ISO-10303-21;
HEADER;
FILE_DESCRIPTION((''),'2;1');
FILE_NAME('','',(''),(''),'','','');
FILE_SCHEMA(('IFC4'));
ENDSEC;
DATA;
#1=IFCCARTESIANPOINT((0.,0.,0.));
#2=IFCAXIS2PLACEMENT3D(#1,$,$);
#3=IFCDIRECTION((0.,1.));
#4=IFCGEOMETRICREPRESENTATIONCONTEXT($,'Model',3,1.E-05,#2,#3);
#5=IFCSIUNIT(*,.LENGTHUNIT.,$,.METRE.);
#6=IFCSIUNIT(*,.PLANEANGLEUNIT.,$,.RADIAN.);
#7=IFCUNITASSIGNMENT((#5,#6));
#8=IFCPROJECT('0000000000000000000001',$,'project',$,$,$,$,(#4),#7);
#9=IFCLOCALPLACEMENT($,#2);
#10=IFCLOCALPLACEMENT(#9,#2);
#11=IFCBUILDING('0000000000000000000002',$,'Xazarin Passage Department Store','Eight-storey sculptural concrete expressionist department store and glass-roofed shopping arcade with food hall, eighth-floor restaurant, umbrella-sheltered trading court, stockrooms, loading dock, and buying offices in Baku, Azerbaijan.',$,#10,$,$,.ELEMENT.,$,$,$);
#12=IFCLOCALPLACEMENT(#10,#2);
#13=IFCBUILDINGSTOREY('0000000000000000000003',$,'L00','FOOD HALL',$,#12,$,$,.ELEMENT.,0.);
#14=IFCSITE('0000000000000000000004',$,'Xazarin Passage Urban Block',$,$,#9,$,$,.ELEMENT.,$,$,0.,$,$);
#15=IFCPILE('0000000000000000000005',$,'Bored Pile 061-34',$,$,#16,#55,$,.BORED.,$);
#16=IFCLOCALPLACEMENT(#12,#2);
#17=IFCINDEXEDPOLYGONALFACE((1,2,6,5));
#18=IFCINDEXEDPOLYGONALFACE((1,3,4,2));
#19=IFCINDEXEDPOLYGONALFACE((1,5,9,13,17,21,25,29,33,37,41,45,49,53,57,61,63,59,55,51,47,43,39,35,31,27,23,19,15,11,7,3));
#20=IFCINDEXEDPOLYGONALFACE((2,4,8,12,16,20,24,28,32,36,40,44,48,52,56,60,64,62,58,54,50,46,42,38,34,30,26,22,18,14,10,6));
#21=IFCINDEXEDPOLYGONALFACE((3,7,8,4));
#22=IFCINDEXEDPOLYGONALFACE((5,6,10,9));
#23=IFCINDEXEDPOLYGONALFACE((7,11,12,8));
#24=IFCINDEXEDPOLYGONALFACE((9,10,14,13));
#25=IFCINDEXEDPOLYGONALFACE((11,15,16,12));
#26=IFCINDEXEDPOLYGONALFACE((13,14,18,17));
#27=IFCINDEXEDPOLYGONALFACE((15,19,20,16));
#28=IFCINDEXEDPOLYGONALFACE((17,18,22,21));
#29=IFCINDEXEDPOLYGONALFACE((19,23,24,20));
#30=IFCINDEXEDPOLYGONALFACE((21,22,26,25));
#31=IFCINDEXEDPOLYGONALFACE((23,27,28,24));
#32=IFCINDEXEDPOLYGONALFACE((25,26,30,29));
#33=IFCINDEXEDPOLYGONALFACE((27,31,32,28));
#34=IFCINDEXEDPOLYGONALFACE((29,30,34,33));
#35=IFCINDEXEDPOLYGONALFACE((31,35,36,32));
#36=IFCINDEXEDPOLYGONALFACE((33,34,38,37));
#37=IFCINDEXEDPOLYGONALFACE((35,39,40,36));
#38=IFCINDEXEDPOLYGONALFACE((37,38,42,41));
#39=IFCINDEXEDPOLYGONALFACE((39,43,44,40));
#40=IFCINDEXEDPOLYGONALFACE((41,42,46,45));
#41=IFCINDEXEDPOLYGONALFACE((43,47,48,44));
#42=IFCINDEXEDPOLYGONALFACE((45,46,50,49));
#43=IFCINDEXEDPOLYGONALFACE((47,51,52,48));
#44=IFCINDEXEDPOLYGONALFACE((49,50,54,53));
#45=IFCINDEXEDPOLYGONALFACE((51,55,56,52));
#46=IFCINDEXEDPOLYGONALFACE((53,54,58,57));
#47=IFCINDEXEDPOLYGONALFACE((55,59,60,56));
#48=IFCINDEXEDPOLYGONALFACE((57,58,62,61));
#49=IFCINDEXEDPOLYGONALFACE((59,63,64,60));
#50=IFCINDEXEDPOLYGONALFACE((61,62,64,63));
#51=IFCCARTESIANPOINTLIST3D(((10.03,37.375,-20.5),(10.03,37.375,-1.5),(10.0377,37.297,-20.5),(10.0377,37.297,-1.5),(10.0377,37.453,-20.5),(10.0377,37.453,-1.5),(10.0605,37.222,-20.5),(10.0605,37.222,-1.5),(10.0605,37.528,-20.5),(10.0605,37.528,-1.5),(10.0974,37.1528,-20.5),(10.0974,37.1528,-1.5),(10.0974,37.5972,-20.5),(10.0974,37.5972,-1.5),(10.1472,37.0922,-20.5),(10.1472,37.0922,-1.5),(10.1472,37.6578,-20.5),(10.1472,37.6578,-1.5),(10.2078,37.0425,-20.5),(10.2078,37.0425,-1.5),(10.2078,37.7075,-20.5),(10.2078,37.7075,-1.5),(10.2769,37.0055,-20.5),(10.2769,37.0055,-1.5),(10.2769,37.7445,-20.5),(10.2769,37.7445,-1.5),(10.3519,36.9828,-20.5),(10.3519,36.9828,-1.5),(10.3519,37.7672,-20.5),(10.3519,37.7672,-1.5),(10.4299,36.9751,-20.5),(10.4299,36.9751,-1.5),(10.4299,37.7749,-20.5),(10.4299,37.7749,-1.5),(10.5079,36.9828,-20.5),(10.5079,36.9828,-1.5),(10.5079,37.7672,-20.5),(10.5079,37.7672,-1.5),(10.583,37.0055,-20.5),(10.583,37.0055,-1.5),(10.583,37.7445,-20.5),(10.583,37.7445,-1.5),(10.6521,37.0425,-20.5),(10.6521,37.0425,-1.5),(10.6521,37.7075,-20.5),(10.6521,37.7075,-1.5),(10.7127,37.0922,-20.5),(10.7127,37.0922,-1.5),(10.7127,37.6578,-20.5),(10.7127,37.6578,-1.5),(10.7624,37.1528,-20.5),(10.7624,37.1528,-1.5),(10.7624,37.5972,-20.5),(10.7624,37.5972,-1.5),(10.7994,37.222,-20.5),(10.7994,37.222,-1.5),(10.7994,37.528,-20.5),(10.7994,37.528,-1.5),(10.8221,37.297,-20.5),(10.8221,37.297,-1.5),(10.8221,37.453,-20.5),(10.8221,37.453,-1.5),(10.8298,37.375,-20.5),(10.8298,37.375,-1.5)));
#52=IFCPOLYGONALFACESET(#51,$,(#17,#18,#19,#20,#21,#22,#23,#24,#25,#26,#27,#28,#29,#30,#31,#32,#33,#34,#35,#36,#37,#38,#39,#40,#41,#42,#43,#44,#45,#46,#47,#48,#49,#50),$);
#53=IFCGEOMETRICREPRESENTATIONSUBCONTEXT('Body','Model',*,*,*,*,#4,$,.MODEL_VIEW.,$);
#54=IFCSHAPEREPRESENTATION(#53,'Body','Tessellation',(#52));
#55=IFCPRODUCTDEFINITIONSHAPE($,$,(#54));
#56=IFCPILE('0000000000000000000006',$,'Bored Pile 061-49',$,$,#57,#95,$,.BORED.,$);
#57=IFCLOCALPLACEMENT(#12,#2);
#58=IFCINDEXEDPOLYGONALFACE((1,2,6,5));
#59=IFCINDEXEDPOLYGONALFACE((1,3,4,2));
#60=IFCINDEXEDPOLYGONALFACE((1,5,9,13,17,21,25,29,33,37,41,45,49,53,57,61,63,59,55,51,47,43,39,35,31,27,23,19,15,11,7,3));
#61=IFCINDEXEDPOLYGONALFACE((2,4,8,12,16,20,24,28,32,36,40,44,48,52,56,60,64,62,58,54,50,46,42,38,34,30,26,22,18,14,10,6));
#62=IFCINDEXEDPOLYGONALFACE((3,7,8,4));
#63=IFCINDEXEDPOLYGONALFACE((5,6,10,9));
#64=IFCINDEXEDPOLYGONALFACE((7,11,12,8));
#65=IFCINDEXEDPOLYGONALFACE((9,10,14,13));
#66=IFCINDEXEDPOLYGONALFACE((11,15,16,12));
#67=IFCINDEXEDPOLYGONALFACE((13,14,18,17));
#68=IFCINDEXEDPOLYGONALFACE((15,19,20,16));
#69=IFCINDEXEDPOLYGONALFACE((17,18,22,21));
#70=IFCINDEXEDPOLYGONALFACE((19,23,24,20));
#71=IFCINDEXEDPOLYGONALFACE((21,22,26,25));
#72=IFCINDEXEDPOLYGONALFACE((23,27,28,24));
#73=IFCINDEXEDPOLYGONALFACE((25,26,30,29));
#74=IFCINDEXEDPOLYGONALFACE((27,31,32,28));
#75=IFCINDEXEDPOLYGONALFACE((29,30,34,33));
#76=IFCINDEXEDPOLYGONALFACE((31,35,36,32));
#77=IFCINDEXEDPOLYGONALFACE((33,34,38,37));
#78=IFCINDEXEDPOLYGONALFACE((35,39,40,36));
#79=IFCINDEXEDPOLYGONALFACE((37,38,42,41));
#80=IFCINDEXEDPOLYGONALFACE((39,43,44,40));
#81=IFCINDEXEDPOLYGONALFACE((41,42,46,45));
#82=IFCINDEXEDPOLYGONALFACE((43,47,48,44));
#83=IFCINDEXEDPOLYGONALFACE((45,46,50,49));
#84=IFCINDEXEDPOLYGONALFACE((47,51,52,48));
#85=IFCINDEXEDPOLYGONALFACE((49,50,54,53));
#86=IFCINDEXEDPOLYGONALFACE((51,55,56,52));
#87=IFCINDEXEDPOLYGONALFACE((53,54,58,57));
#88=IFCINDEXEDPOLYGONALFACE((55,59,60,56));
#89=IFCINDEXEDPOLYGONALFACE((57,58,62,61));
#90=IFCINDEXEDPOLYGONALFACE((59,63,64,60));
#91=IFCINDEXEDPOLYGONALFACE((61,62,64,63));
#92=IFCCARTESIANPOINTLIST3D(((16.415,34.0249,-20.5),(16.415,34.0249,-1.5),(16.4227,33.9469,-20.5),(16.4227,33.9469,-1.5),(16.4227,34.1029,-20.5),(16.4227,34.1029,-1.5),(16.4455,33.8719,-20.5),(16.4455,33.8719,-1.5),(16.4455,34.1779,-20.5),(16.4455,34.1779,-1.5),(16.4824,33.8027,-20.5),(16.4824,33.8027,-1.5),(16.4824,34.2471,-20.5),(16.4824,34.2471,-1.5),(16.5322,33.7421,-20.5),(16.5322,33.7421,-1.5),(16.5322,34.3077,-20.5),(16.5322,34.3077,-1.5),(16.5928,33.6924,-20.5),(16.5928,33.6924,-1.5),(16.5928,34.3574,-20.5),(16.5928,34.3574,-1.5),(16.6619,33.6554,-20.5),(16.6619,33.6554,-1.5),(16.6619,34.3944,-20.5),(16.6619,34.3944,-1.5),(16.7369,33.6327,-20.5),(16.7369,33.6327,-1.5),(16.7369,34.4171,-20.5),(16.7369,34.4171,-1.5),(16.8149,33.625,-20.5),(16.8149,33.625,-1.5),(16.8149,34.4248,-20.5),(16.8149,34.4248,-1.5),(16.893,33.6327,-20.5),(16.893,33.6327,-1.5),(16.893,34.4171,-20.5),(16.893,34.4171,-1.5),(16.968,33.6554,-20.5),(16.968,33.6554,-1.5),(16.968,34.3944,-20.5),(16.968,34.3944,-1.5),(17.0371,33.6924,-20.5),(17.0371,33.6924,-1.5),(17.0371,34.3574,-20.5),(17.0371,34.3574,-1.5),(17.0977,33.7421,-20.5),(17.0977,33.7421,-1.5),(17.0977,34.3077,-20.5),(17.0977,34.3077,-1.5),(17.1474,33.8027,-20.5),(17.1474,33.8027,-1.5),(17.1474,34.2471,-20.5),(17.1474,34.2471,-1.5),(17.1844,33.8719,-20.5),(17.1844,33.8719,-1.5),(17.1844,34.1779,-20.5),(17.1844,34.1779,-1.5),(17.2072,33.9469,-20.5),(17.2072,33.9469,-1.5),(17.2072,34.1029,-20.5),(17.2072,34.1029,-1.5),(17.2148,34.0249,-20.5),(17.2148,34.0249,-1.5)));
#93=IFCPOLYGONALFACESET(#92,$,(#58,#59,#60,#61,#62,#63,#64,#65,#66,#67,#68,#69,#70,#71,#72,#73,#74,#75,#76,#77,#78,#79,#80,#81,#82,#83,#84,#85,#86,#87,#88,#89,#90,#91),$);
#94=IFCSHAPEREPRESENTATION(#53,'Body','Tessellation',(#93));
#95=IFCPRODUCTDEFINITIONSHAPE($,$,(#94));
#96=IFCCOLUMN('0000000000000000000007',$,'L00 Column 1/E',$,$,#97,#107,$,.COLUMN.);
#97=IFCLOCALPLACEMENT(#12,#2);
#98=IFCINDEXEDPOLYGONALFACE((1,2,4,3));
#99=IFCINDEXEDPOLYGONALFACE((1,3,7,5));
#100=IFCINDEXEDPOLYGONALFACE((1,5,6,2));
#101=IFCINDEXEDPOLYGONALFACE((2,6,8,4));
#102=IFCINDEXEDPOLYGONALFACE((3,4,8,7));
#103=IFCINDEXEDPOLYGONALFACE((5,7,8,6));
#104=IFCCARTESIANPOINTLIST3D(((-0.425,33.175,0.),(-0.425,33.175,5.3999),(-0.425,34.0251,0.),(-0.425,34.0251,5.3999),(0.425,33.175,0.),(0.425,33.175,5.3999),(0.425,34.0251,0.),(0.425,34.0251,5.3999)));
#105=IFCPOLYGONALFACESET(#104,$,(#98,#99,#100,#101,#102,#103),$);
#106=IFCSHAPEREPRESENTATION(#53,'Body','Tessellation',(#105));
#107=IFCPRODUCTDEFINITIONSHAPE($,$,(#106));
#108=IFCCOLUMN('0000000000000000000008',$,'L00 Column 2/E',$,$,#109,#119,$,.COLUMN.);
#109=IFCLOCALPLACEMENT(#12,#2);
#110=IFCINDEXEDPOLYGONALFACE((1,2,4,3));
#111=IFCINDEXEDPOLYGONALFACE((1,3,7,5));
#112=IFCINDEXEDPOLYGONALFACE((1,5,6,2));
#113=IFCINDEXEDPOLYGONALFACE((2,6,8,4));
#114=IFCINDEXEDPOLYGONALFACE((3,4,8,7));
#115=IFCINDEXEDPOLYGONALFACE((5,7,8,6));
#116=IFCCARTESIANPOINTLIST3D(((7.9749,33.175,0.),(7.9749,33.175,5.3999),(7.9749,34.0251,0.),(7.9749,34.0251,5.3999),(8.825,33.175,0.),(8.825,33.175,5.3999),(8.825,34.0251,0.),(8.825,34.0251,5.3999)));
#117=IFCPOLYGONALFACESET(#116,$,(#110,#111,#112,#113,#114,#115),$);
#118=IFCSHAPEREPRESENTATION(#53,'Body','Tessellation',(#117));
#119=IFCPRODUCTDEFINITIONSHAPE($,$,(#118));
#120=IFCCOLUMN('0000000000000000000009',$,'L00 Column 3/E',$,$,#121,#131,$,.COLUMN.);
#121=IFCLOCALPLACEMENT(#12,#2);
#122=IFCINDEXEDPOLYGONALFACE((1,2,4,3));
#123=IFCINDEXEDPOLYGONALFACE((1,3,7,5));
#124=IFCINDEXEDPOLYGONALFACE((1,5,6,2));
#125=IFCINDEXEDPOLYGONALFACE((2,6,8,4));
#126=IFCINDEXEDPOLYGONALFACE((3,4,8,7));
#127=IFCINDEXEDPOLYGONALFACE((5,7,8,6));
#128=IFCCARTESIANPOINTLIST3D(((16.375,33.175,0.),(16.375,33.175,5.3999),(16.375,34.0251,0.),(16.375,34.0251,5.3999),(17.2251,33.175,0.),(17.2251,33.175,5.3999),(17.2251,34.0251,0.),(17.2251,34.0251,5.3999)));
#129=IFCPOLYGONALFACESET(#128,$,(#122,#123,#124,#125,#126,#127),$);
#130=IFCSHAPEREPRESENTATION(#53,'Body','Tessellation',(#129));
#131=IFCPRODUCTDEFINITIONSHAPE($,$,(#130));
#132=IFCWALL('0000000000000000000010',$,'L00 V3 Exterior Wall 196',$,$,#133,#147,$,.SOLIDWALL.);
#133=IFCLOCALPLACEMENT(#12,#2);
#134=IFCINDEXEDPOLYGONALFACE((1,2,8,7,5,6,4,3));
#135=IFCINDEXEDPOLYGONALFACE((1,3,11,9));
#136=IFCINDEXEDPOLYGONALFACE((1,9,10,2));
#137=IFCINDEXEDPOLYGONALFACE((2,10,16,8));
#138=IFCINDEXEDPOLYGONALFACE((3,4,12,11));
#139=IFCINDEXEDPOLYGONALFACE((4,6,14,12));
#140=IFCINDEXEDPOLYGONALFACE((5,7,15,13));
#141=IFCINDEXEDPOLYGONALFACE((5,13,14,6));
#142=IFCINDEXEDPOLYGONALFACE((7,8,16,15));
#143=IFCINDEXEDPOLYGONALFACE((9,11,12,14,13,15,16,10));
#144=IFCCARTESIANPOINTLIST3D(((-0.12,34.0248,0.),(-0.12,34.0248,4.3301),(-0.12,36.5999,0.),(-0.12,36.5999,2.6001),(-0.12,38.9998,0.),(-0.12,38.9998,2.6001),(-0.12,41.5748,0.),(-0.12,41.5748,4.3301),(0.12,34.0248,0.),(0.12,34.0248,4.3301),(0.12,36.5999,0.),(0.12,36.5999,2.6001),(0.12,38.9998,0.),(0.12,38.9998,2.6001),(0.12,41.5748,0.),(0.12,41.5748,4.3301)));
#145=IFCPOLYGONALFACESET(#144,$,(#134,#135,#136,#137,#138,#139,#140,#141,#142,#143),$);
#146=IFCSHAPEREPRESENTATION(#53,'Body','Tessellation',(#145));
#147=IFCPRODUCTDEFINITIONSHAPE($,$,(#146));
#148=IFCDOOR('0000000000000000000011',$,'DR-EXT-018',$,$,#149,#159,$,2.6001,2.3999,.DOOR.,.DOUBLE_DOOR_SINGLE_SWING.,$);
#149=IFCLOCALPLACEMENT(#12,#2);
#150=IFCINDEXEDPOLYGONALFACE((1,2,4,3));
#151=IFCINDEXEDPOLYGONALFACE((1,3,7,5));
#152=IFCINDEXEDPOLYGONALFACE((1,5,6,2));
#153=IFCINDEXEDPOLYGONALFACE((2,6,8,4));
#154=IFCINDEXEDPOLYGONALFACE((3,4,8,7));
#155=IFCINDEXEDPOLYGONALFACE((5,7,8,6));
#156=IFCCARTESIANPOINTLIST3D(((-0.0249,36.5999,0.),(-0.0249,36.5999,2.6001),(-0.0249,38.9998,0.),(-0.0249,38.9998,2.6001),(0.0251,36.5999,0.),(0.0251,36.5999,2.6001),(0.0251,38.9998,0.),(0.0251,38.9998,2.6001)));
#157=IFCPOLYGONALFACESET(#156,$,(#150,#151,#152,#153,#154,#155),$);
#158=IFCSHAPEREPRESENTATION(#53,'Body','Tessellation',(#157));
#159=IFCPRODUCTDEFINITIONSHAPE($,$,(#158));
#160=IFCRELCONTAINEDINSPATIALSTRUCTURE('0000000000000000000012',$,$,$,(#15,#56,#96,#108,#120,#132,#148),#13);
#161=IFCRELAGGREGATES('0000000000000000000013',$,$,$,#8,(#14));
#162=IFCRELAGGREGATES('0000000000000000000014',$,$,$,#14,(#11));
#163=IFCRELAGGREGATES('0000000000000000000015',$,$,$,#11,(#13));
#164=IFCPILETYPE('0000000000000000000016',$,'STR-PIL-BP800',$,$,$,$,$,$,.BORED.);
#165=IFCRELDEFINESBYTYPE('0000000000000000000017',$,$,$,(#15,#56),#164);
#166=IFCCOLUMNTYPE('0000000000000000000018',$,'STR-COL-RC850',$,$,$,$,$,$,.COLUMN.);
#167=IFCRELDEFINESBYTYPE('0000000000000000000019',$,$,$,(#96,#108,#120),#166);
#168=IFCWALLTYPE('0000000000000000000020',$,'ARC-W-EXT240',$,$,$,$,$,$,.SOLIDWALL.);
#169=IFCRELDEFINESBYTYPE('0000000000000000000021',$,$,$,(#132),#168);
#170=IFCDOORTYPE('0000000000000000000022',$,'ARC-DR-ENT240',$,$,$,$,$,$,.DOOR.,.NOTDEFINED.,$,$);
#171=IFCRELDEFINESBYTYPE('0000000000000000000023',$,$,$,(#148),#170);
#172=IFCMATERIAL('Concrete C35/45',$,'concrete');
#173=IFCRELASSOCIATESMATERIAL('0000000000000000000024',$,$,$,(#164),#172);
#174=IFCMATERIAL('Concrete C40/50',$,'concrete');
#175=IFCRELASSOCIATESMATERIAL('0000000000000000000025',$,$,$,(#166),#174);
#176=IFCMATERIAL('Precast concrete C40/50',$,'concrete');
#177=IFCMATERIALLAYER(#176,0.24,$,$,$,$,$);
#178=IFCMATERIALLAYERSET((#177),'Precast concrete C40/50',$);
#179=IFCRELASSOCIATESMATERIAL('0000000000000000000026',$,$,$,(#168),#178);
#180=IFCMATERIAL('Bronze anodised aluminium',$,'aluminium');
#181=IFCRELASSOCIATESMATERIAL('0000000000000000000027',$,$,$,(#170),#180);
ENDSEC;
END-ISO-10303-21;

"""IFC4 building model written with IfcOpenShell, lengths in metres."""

from ifc_helpers import new_model, si_unit, direction, frame, frame_2d, origin, origin_2d, place, context, subcontext, project, spatial, rectangle, circle, extrude, material, layer, layer_set, material_profile, profile_set, type_object, element, fill, save


model = new_model("IFC4")

# Units and contexts
model_context = context("Model", 3, precision=1e-05, world=origin(), true_north=direction((0.0, 1.0)))
body_context = subcontext(model_context, "Body", "Model", "MODEL_VIEW")
ifc_project = project(units=[si_unit("LENGTHUNIT", "METRE"), si_unit("PLANEANGLEUNIT", "RADIAN")], contexts=[model_context])

# Site, building, storey
site_placement = place(None, origin())
site = spatial("IfcSite", under=ifc_project, at=site_placement, Name="Xazarin Passage Urban Block", CompositionType="ELEMENT", RefElevation=0.0)
building_placement = place(site_placement, origin())
building = spatial("IfcBuilding", under=site, at=building_placement, Name="Xazarin Passage Department Store", Description="Eight-storey sculptural concrete expressionist department store and glass-roofed shopping arcade with food hall, eighth-floor restaurant, umbrella-sheltered trading court, stockrooms, loading dock, and buying offices in Baku, Azerbaijan.", CompositionType="ELEMENT")
storey_placement = place(building_placement, origin())
storey = spatial("IfcBuildingStorey", under=building, at=storey_placement, Name="L00", Description="FOOD HALL", CompositionType="ELEMENT", Elevation=0.0)

# Piles
ifc_material_1 = material(Name="Concrete C35/45", Category="concrete")
ifc_material_profile_1 = material_profile(ifc_material_1, circle(Radius=0.3999, at=origin_2d()), Name="BP 800")
ifc_profile_set_1 = profile_set([ifc_material_profile_1], Name="Concrete C35/45")
pile_type_1 = type_object("IfcPileType", Name="STR-PIL-BP800", PredefinedType="BORED", material=ifc_profile_set_1)
for number, where, z_axis, x_axis, name in (
    (1, (10.4299, 37.375, -1.5), (0.0, 0.0, -1.0), (1.0, 0.0, 0.0), "Bored Pile 061-34"),
    (2, (16.8149, 34.0249, -1.5), (0.0, 0.0, -1.0), (1.0, 0.0, 0.0), "Bored Pile 061-49"),
):
    element("IfcPile", number, at=place(storey_placement, frame(where, z_axis=z_axis, x_axis=x_axis)), inside=storey, type_object=pile_type_1, Name=name, PredefinedType="BORED", context=body_context, shape_type="SweptSolid", body=[
        extrude(circle(Radius=0.3999, at=origin_2d()), origin(), (0.0, 0.0, 1.0), 19.0),
    ])

# Columns
ifc_material_2 = material(Name="Concrete C40/50", Category="concrete")
ifc_material_profile_2 = material_profile(ifc_material_2, rectangle(XDim=0.8501, YDim=0.8501, at=origin_2d()), Name="RC 850x850")
ifc_profile_set_2 = profile_set([ifc_material_profile_2], Name="Concrete C40/50")
column_type = type_object("IfcColumnType", Name="STR-COL-RC850", PredefinedType="COLUMN", material=ifc_profile_set_2)
for number, where, z_axis, x_axis, name in (
    (3, (0.0, 33.6001, 0.0), (0.0, 0.0, 1.0), (1.0, 0.0, 0.0), "L00 Column 1/E"),
    (4, (8.3999, 33.6001, 0.0), (0.0, 0.0, 1.0), (1.0, 0.0, 0.0), "L00 Column 2/E"),
    (5, (16.8, 33.6001, 0.0), (0.0, 0.0, 1.0), (1.0, 0.0, 0.0), "L00 Column 3/E"),
):
    element("IfcColumn", number, at=place(storey_placement, frame(where, z_axis=z_axis, x_axis=x_axis)), inside=storey, type_object=column_type, Name=name, PredefinedType="COLUMN", context=body_context, shape_type="SweptSolid", body=[
        extrude(rectangle(XDim=0.8501, YDim=0.8501, at=origin_2d()), origin(), (0.0, 0.0, 1.0), 5.3999),
    ])

# Wall, opening, door
ifc_material_3 = material(Name="Precast concrete C40/50", Category="concrete")
ifc_layer = layer(ifc_material_3, 0.24)
ifc_layer_set = layer_set([ifc_layer], Name="Precast concrete C40/50")
wall_type = type_object("IfcWallType", Name="ARC-W-EXT240", PredefinedType="SOLIDWALL", material=ifc_layer_set)
wall_placement = place(storey_placement, frame((0.0, 34.0249, 0.0), z_axis=(0.0, 0.0, 1.0), x_axis=(0.0, 1.0, 0.0)))
wall = element("IfcWall", 6, at=wall_placement, inside=storey, type_object=wall_type, Name="L00 V3 Exterior Wall 196", PredefinedType="SOLIDWALL", context=body_context, shape_type="SweptSolid", body=[
    extrude(rectangle(XDim=7.55, YDim=0.24, at=frame_2d((3.7749, 0.0))), origin(), (0.0, 0.0, 1.0), 4.3301),
])
opening_placement = place(wall_placement, frame((2.575, 0.0, 0.0)))
opening = element("IfcOpeningElement", 7, at=opening_placement, cuts=wall, PredefinedType="OPENING", context=body_context, shape_type="SweptSolid", body=[
    extrude(rectangle(XDim=2.3999, YDim=2.6001, at=frame_2d((1.2, 1.3))), frame((0.0, 0.1299, 0.0), z_axis=(0.0, -1.0, 0.0), x_axis=(1.0, 0.0, 0.0)), (0.0, 0.0, 1.0), 0.26),
])
ifc_material_4 = material(Name="Bronze anodised aluminium", Category="aluminium")
door_type = type_object("IfcDoorType", Name="ARC-DR-ENT240", OperationType="NOTDEFINED", PredefinedType="DOOR", material=ifc_material_4)
door_placement = place(opening_placement, origin())
door = element("IfcDoor", 8, at=door_placement, inside=storey, type_object=door_type, Name="DR-EXT-018", OperationType="DOUBLE_DOOR_SINGLE_SWING", OverallHeight=2.6001, OverallWidth=2.3999, PredefinedType="DOOR", context=body_context, shape_type="SweptSolid", body=[
    extrude(rectangle(XDim=2.3999, YDim=2.6001, at=frame_2d((1.2, 1.3))), frame((0.0, 0.0249, 0.0), z_axis=(0.0, -1.0, 0.0), x_axis=(1.0, 0.0, 0.0)), (0.0, 0.0, 1.0), 0.05),
])
fill(opening, door)

save(model, "model.ifc")
